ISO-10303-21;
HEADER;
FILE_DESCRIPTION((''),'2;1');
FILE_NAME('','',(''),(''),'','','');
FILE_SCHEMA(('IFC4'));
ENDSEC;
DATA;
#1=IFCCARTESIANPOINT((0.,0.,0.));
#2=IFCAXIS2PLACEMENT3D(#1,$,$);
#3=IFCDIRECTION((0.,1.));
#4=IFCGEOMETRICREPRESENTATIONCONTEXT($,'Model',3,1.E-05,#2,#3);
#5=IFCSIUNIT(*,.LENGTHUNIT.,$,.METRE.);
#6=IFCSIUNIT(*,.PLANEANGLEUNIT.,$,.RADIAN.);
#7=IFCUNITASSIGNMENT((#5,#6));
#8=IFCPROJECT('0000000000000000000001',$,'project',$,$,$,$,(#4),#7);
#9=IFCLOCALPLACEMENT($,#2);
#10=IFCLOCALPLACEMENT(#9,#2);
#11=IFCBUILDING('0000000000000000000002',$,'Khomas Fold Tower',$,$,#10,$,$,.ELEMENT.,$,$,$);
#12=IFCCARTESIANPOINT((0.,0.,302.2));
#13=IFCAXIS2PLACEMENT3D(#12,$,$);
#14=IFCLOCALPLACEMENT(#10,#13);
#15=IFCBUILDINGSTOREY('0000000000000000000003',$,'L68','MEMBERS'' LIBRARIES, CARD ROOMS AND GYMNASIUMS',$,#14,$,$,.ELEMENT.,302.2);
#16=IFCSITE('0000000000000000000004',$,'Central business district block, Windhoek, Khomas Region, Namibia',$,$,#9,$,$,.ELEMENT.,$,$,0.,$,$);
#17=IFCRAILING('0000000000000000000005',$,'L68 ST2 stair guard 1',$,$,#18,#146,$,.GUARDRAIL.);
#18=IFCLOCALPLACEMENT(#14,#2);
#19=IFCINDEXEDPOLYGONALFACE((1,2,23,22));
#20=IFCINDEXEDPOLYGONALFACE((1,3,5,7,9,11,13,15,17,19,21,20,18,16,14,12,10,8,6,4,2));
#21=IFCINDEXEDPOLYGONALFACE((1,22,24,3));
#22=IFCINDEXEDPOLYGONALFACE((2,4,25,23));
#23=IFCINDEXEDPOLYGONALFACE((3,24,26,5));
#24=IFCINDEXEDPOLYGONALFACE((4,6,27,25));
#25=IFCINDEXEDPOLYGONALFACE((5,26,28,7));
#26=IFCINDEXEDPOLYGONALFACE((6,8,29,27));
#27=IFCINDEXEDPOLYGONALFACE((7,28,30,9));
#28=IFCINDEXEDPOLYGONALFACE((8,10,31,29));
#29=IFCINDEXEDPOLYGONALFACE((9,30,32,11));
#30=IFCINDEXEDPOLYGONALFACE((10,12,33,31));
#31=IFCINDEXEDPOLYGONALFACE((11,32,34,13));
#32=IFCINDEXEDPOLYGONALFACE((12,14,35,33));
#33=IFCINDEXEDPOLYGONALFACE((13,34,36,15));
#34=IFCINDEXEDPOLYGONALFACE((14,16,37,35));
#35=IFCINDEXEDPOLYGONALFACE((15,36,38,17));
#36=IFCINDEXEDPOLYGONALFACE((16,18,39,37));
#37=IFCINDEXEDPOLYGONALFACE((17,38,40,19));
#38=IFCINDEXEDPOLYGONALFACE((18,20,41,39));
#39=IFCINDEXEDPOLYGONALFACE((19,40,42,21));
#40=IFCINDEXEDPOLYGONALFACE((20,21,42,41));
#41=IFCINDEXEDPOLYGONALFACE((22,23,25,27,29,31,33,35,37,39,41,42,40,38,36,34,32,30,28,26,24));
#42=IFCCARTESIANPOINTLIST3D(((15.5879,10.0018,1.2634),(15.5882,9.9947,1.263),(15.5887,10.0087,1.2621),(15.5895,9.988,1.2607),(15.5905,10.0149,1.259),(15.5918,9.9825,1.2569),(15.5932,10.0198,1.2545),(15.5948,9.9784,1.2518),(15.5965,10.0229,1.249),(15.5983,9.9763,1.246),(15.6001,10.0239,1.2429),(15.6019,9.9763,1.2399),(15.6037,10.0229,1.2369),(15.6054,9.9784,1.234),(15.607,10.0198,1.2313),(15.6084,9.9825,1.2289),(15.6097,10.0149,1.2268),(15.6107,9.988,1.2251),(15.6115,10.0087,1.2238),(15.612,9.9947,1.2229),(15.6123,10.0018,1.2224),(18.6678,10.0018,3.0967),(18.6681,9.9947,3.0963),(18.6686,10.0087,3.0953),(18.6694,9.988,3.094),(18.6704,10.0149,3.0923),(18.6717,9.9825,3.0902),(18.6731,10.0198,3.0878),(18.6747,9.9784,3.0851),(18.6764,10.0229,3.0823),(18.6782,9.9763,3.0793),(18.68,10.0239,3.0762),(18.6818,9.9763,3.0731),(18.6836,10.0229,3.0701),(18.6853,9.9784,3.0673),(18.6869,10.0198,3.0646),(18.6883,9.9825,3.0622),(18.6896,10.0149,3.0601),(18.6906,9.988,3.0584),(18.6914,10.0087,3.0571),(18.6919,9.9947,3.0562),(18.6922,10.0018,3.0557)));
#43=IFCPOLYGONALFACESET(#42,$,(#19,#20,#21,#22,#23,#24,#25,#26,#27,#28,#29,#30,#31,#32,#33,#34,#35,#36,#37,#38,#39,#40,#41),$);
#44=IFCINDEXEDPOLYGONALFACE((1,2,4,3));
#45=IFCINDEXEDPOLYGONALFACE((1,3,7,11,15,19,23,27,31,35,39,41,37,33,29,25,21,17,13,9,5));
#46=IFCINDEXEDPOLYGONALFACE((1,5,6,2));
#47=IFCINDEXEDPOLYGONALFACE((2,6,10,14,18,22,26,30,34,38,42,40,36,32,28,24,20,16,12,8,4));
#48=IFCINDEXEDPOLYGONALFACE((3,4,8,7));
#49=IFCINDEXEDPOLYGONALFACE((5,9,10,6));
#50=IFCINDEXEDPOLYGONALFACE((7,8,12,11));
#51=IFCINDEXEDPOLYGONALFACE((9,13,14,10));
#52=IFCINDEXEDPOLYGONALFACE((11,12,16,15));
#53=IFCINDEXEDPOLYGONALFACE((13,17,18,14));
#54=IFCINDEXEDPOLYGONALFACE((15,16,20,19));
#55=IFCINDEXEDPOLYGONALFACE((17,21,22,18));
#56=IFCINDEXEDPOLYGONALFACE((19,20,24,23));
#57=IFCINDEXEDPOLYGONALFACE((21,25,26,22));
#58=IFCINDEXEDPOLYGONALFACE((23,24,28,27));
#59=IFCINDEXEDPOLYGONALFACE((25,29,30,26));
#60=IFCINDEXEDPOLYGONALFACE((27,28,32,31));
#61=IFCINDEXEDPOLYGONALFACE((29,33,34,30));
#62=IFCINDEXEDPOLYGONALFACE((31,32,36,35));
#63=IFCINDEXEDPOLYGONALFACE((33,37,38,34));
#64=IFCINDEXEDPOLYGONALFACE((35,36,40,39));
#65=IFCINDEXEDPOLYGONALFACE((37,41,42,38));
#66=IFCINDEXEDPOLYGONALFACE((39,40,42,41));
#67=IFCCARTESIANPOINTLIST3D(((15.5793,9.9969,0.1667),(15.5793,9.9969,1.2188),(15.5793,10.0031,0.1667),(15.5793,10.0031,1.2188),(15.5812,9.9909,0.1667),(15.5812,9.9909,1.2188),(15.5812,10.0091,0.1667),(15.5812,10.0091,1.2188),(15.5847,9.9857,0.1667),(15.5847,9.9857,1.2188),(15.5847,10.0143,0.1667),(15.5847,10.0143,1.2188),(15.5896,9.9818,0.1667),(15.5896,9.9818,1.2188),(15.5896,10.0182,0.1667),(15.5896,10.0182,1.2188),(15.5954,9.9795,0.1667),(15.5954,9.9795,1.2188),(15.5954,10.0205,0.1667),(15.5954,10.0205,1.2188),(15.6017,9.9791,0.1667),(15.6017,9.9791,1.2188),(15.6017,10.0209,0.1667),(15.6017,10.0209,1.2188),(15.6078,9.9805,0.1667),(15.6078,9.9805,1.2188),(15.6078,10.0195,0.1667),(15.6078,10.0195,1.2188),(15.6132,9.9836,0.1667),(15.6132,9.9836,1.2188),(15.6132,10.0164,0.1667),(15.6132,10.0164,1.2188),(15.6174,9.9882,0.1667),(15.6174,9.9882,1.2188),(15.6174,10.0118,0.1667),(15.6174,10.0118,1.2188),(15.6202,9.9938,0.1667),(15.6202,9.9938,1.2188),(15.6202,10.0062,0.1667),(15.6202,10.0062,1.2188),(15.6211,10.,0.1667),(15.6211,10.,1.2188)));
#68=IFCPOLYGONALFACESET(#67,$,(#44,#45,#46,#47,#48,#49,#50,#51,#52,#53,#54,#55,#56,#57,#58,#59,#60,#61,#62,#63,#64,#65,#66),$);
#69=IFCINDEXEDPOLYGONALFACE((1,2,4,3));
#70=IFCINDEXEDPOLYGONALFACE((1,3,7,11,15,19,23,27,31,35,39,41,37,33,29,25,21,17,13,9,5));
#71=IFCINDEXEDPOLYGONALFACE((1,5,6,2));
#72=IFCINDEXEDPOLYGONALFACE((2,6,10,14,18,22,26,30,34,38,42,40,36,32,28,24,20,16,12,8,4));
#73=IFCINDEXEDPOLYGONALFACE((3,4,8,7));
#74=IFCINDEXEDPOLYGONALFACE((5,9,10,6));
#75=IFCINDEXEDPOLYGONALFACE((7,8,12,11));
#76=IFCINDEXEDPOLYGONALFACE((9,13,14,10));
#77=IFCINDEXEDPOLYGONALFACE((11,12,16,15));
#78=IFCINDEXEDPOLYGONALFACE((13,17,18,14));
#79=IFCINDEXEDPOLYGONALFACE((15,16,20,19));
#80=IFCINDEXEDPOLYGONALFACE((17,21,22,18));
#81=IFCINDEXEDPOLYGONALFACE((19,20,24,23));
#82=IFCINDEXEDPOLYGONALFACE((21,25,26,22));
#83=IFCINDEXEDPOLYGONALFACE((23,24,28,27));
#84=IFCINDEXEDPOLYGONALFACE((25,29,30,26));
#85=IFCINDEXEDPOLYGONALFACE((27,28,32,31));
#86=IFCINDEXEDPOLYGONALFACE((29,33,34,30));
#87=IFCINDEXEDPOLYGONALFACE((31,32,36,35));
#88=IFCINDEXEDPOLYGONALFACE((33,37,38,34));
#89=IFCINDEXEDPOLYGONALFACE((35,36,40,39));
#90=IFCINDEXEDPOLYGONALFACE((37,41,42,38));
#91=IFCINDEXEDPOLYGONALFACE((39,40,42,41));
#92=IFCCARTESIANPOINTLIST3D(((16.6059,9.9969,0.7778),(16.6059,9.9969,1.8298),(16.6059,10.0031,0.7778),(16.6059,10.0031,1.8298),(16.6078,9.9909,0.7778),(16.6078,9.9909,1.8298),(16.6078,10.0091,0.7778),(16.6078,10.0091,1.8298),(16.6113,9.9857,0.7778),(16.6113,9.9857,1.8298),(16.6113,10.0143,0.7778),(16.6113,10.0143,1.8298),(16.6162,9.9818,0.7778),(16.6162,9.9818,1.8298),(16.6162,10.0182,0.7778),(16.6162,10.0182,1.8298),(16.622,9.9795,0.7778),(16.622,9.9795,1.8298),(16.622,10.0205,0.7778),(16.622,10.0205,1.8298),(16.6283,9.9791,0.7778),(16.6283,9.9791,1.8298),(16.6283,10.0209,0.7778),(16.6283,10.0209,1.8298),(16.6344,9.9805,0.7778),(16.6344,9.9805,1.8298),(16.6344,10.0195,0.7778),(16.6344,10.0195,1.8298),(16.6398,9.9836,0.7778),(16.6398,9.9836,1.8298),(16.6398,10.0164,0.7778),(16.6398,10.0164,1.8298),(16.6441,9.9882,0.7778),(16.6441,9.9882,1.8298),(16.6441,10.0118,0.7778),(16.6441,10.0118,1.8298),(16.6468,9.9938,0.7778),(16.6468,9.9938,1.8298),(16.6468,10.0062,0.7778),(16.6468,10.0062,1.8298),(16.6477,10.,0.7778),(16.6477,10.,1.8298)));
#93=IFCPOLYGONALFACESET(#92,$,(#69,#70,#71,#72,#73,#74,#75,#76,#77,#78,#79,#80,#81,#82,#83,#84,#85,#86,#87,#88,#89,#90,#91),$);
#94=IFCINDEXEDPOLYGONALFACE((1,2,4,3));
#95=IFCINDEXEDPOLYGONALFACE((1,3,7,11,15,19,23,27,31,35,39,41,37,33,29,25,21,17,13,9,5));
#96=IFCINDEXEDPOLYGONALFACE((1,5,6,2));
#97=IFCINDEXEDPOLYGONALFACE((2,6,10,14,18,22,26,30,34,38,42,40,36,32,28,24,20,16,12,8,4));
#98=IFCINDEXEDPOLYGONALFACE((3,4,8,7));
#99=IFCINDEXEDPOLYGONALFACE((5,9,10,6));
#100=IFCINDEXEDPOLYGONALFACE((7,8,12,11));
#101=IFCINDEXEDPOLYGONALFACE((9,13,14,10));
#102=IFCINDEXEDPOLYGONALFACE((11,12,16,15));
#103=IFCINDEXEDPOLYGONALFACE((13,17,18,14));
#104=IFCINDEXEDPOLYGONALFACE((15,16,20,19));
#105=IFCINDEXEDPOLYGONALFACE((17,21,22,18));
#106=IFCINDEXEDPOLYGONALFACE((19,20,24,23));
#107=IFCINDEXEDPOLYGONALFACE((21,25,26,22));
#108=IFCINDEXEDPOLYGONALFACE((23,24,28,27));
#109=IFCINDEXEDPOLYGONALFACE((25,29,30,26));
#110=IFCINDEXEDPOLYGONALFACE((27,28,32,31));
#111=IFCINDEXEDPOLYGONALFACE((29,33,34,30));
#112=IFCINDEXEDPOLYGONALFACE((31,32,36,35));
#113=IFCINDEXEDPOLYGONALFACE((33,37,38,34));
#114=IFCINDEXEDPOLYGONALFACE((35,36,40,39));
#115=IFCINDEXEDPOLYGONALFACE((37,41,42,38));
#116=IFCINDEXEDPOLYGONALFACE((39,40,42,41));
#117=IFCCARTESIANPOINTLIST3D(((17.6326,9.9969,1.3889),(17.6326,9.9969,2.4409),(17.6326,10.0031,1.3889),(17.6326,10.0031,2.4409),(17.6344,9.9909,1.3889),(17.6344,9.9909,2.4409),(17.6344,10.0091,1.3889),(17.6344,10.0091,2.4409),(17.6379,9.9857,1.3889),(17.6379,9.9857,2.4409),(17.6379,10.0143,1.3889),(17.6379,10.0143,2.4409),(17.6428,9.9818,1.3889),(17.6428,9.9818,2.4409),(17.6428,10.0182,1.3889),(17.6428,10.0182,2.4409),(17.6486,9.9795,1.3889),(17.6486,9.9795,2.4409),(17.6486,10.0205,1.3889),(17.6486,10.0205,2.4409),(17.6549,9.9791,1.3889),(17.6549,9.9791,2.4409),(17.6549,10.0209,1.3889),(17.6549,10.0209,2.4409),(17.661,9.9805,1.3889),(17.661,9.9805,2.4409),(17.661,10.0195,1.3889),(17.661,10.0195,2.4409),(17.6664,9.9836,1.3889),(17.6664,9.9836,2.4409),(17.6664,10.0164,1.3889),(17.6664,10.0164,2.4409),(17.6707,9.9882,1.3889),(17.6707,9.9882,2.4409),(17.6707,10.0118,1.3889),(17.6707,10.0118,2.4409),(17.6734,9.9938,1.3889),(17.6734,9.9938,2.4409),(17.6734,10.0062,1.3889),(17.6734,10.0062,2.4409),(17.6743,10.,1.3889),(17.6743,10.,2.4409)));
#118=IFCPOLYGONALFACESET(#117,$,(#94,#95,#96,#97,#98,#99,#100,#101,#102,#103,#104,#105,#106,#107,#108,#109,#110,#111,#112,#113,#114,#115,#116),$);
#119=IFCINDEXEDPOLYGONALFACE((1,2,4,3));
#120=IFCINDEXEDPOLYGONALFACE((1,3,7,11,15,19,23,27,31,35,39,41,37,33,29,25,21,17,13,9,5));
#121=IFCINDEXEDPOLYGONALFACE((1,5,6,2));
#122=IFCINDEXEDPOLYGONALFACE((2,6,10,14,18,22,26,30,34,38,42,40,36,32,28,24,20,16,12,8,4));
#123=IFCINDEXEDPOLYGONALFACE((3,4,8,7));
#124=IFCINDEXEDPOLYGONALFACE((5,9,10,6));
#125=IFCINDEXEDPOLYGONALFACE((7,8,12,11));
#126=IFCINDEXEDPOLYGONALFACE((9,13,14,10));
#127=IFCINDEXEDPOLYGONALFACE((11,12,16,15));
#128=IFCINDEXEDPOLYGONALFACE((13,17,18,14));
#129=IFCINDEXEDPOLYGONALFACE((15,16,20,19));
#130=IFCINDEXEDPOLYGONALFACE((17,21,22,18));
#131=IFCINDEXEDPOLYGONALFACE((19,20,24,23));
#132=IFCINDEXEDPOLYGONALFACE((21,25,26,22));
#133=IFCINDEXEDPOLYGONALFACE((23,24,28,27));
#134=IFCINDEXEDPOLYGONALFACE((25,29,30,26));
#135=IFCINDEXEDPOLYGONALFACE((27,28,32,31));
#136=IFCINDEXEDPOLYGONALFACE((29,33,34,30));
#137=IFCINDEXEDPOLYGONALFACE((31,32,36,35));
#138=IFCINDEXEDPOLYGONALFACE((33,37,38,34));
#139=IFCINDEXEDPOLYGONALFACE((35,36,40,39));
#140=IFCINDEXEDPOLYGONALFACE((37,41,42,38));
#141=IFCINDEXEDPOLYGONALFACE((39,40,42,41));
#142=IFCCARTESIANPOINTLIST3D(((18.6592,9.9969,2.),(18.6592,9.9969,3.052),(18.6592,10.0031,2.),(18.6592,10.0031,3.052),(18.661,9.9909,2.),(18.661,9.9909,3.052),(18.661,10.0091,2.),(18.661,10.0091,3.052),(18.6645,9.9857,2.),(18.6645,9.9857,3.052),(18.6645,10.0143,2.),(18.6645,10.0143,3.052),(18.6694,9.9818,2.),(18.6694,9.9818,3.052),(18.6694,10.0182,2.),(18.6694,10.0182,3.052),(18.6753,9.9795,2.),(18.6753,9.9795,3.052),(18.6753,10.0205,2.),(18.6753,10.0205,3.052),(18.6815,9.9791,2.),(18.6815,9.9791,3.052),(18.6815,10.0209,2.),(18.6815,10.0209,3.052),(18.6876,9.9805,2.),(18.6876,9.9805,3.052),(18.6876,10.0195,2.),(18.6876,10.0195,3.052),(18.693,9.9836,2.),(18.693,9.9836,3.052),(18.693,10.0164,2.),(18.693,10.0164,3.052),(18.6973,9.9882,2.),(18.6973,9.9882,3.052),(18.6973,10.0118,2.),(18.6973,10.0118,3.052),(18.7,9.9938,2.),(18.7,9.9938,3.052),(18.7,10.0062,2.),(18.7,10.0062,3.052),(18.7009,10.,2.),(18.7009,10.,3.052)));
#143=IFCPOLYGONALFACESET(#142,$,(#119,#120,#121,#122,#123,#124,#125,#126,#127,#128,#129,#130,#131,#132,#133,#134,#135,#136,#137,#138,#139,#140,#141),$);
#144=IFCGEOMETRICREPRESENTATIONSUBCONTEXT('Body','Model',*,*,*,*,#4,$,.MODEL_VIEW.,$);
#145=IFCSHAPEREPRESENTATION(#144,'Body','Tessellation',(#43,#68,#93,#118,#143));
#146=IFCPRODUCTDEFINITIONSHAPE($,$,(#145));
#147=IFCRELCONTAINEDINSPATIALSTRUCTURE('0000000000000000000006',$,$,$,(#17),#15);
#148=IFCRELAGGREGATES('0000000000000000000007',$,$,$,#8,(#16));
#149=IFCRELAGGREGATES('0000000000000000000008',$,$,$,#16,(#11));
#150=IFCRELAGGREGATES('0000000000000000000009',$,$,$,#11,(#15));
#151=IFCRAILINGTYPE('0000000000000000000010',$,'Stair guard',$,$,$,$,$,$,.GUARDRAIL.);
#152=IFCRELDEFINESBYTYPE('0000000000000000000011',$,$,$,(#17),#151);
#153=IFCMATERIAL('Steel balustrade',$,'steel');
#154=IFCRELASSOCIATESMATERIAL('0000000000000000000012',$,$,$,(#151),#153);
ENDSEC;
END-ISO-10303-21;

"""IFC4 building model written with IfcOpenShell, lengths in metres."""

from ifc_helpers import new_model, si_unit, direction, frame, origin, origin_2d, place, context, subcontext, project, spatial, circle, extrude, source, transform, mapped, material, type_object, element, save


model = new_model("IFC4")

# Units and contexts
model_context = context("Model", 3, precision=1e-05, world=origin(), true_north=direction((0.0, 1.0)))
body_context = subcontext(model_context, "Body", "Model", "MODEL_VIEW")
ifc_project = project(units=[si_unit("LENGTHUNIT", "METRE"), si_unit("PLANEANGLEUNIT", "RADIAN")], contexts=[model_context])

# Site, building, storey
site_placement = place(None, origin())
site = spatial("IfcSite", under=ifc_project, at=site_placement, Name="Central business district block, Windhoek, Khomas Region, Namibia", CompositionType="ELEMENT", RefElevation=0.0)
building_placement = place(site_placement, origin())
building = spatial("IfcBuilding", under=site, at=building_placement, Name="Khomas Fold Tower", CompositionType="ELEMENT")
storey_placement = place(building_placement, frame((0.0, 0.0, 302.2)))
storey = spatial("IfcBuildingStorey", under=building, at=storey_placement, Name="L68", Description="MEMBERS' LIBRARIES, CARD ROOMS AND GYMNASIUMS", CompositionType="ELEMENT", Elevation=302.2)

# Railing
ifc_material_1 = material(Name="Steel balustrade", Category="steel")
railing_type_1 = type_object("IfcRailingType", Name="Stair guard", PredefinedType="GUARDRAIL", material=ifc_material_1)
shared_shape_1 = source(origin(), body_context, "Body", "SweptSolid", [
    extrude(circle(Radius=0.0239, at=origin_2d()), frame((0.0, 0.0, 1.0762), z_axis=(0.859291, 0.0, 0.511487), x_axis=(0.0, 1.0, 0.0)), (0.0, 0.0, 1.0), 3.5842),
    extrude(circle(Radius=0.021, at=origin_2d()), origin(), (0.0, 0.0, 1.0), 1.052),
    extrude(circle(Radius=0.021, at=origin_2d()), frame((1.0266, 0.0, 0.6111)), (0.0, 0.0, 1.0), 1.052),
    extrude(circle(Radius=0.021, at=origin_2d()), frame((2.0532, 0.0, 1.2222)), (0.0, 0.0, 1.0), 1.052),
    extrude(circle(Radius=0.021, at=origin_2d()), frame((3.0798, 0.0, 1.8333)), (0.0, 0.0, 1.0), 1.052),
])
railing_1_placement = place(storey_placement, frame((15.6001, 10.0, 0.1667)))
element("IfcRailing", 1, at=railing_1_placement, inside=storey, type_object=railing_type_1, Name="L68 ST2 stair guard 1", PredefinedType="GUARDRAIL", context=body_context, shape_type="MappedRepresentation", body=[
    mapped(shared_shape_1, transform((0.0, 0.0, 0.0))),
])

save(model, "model.ifc")
